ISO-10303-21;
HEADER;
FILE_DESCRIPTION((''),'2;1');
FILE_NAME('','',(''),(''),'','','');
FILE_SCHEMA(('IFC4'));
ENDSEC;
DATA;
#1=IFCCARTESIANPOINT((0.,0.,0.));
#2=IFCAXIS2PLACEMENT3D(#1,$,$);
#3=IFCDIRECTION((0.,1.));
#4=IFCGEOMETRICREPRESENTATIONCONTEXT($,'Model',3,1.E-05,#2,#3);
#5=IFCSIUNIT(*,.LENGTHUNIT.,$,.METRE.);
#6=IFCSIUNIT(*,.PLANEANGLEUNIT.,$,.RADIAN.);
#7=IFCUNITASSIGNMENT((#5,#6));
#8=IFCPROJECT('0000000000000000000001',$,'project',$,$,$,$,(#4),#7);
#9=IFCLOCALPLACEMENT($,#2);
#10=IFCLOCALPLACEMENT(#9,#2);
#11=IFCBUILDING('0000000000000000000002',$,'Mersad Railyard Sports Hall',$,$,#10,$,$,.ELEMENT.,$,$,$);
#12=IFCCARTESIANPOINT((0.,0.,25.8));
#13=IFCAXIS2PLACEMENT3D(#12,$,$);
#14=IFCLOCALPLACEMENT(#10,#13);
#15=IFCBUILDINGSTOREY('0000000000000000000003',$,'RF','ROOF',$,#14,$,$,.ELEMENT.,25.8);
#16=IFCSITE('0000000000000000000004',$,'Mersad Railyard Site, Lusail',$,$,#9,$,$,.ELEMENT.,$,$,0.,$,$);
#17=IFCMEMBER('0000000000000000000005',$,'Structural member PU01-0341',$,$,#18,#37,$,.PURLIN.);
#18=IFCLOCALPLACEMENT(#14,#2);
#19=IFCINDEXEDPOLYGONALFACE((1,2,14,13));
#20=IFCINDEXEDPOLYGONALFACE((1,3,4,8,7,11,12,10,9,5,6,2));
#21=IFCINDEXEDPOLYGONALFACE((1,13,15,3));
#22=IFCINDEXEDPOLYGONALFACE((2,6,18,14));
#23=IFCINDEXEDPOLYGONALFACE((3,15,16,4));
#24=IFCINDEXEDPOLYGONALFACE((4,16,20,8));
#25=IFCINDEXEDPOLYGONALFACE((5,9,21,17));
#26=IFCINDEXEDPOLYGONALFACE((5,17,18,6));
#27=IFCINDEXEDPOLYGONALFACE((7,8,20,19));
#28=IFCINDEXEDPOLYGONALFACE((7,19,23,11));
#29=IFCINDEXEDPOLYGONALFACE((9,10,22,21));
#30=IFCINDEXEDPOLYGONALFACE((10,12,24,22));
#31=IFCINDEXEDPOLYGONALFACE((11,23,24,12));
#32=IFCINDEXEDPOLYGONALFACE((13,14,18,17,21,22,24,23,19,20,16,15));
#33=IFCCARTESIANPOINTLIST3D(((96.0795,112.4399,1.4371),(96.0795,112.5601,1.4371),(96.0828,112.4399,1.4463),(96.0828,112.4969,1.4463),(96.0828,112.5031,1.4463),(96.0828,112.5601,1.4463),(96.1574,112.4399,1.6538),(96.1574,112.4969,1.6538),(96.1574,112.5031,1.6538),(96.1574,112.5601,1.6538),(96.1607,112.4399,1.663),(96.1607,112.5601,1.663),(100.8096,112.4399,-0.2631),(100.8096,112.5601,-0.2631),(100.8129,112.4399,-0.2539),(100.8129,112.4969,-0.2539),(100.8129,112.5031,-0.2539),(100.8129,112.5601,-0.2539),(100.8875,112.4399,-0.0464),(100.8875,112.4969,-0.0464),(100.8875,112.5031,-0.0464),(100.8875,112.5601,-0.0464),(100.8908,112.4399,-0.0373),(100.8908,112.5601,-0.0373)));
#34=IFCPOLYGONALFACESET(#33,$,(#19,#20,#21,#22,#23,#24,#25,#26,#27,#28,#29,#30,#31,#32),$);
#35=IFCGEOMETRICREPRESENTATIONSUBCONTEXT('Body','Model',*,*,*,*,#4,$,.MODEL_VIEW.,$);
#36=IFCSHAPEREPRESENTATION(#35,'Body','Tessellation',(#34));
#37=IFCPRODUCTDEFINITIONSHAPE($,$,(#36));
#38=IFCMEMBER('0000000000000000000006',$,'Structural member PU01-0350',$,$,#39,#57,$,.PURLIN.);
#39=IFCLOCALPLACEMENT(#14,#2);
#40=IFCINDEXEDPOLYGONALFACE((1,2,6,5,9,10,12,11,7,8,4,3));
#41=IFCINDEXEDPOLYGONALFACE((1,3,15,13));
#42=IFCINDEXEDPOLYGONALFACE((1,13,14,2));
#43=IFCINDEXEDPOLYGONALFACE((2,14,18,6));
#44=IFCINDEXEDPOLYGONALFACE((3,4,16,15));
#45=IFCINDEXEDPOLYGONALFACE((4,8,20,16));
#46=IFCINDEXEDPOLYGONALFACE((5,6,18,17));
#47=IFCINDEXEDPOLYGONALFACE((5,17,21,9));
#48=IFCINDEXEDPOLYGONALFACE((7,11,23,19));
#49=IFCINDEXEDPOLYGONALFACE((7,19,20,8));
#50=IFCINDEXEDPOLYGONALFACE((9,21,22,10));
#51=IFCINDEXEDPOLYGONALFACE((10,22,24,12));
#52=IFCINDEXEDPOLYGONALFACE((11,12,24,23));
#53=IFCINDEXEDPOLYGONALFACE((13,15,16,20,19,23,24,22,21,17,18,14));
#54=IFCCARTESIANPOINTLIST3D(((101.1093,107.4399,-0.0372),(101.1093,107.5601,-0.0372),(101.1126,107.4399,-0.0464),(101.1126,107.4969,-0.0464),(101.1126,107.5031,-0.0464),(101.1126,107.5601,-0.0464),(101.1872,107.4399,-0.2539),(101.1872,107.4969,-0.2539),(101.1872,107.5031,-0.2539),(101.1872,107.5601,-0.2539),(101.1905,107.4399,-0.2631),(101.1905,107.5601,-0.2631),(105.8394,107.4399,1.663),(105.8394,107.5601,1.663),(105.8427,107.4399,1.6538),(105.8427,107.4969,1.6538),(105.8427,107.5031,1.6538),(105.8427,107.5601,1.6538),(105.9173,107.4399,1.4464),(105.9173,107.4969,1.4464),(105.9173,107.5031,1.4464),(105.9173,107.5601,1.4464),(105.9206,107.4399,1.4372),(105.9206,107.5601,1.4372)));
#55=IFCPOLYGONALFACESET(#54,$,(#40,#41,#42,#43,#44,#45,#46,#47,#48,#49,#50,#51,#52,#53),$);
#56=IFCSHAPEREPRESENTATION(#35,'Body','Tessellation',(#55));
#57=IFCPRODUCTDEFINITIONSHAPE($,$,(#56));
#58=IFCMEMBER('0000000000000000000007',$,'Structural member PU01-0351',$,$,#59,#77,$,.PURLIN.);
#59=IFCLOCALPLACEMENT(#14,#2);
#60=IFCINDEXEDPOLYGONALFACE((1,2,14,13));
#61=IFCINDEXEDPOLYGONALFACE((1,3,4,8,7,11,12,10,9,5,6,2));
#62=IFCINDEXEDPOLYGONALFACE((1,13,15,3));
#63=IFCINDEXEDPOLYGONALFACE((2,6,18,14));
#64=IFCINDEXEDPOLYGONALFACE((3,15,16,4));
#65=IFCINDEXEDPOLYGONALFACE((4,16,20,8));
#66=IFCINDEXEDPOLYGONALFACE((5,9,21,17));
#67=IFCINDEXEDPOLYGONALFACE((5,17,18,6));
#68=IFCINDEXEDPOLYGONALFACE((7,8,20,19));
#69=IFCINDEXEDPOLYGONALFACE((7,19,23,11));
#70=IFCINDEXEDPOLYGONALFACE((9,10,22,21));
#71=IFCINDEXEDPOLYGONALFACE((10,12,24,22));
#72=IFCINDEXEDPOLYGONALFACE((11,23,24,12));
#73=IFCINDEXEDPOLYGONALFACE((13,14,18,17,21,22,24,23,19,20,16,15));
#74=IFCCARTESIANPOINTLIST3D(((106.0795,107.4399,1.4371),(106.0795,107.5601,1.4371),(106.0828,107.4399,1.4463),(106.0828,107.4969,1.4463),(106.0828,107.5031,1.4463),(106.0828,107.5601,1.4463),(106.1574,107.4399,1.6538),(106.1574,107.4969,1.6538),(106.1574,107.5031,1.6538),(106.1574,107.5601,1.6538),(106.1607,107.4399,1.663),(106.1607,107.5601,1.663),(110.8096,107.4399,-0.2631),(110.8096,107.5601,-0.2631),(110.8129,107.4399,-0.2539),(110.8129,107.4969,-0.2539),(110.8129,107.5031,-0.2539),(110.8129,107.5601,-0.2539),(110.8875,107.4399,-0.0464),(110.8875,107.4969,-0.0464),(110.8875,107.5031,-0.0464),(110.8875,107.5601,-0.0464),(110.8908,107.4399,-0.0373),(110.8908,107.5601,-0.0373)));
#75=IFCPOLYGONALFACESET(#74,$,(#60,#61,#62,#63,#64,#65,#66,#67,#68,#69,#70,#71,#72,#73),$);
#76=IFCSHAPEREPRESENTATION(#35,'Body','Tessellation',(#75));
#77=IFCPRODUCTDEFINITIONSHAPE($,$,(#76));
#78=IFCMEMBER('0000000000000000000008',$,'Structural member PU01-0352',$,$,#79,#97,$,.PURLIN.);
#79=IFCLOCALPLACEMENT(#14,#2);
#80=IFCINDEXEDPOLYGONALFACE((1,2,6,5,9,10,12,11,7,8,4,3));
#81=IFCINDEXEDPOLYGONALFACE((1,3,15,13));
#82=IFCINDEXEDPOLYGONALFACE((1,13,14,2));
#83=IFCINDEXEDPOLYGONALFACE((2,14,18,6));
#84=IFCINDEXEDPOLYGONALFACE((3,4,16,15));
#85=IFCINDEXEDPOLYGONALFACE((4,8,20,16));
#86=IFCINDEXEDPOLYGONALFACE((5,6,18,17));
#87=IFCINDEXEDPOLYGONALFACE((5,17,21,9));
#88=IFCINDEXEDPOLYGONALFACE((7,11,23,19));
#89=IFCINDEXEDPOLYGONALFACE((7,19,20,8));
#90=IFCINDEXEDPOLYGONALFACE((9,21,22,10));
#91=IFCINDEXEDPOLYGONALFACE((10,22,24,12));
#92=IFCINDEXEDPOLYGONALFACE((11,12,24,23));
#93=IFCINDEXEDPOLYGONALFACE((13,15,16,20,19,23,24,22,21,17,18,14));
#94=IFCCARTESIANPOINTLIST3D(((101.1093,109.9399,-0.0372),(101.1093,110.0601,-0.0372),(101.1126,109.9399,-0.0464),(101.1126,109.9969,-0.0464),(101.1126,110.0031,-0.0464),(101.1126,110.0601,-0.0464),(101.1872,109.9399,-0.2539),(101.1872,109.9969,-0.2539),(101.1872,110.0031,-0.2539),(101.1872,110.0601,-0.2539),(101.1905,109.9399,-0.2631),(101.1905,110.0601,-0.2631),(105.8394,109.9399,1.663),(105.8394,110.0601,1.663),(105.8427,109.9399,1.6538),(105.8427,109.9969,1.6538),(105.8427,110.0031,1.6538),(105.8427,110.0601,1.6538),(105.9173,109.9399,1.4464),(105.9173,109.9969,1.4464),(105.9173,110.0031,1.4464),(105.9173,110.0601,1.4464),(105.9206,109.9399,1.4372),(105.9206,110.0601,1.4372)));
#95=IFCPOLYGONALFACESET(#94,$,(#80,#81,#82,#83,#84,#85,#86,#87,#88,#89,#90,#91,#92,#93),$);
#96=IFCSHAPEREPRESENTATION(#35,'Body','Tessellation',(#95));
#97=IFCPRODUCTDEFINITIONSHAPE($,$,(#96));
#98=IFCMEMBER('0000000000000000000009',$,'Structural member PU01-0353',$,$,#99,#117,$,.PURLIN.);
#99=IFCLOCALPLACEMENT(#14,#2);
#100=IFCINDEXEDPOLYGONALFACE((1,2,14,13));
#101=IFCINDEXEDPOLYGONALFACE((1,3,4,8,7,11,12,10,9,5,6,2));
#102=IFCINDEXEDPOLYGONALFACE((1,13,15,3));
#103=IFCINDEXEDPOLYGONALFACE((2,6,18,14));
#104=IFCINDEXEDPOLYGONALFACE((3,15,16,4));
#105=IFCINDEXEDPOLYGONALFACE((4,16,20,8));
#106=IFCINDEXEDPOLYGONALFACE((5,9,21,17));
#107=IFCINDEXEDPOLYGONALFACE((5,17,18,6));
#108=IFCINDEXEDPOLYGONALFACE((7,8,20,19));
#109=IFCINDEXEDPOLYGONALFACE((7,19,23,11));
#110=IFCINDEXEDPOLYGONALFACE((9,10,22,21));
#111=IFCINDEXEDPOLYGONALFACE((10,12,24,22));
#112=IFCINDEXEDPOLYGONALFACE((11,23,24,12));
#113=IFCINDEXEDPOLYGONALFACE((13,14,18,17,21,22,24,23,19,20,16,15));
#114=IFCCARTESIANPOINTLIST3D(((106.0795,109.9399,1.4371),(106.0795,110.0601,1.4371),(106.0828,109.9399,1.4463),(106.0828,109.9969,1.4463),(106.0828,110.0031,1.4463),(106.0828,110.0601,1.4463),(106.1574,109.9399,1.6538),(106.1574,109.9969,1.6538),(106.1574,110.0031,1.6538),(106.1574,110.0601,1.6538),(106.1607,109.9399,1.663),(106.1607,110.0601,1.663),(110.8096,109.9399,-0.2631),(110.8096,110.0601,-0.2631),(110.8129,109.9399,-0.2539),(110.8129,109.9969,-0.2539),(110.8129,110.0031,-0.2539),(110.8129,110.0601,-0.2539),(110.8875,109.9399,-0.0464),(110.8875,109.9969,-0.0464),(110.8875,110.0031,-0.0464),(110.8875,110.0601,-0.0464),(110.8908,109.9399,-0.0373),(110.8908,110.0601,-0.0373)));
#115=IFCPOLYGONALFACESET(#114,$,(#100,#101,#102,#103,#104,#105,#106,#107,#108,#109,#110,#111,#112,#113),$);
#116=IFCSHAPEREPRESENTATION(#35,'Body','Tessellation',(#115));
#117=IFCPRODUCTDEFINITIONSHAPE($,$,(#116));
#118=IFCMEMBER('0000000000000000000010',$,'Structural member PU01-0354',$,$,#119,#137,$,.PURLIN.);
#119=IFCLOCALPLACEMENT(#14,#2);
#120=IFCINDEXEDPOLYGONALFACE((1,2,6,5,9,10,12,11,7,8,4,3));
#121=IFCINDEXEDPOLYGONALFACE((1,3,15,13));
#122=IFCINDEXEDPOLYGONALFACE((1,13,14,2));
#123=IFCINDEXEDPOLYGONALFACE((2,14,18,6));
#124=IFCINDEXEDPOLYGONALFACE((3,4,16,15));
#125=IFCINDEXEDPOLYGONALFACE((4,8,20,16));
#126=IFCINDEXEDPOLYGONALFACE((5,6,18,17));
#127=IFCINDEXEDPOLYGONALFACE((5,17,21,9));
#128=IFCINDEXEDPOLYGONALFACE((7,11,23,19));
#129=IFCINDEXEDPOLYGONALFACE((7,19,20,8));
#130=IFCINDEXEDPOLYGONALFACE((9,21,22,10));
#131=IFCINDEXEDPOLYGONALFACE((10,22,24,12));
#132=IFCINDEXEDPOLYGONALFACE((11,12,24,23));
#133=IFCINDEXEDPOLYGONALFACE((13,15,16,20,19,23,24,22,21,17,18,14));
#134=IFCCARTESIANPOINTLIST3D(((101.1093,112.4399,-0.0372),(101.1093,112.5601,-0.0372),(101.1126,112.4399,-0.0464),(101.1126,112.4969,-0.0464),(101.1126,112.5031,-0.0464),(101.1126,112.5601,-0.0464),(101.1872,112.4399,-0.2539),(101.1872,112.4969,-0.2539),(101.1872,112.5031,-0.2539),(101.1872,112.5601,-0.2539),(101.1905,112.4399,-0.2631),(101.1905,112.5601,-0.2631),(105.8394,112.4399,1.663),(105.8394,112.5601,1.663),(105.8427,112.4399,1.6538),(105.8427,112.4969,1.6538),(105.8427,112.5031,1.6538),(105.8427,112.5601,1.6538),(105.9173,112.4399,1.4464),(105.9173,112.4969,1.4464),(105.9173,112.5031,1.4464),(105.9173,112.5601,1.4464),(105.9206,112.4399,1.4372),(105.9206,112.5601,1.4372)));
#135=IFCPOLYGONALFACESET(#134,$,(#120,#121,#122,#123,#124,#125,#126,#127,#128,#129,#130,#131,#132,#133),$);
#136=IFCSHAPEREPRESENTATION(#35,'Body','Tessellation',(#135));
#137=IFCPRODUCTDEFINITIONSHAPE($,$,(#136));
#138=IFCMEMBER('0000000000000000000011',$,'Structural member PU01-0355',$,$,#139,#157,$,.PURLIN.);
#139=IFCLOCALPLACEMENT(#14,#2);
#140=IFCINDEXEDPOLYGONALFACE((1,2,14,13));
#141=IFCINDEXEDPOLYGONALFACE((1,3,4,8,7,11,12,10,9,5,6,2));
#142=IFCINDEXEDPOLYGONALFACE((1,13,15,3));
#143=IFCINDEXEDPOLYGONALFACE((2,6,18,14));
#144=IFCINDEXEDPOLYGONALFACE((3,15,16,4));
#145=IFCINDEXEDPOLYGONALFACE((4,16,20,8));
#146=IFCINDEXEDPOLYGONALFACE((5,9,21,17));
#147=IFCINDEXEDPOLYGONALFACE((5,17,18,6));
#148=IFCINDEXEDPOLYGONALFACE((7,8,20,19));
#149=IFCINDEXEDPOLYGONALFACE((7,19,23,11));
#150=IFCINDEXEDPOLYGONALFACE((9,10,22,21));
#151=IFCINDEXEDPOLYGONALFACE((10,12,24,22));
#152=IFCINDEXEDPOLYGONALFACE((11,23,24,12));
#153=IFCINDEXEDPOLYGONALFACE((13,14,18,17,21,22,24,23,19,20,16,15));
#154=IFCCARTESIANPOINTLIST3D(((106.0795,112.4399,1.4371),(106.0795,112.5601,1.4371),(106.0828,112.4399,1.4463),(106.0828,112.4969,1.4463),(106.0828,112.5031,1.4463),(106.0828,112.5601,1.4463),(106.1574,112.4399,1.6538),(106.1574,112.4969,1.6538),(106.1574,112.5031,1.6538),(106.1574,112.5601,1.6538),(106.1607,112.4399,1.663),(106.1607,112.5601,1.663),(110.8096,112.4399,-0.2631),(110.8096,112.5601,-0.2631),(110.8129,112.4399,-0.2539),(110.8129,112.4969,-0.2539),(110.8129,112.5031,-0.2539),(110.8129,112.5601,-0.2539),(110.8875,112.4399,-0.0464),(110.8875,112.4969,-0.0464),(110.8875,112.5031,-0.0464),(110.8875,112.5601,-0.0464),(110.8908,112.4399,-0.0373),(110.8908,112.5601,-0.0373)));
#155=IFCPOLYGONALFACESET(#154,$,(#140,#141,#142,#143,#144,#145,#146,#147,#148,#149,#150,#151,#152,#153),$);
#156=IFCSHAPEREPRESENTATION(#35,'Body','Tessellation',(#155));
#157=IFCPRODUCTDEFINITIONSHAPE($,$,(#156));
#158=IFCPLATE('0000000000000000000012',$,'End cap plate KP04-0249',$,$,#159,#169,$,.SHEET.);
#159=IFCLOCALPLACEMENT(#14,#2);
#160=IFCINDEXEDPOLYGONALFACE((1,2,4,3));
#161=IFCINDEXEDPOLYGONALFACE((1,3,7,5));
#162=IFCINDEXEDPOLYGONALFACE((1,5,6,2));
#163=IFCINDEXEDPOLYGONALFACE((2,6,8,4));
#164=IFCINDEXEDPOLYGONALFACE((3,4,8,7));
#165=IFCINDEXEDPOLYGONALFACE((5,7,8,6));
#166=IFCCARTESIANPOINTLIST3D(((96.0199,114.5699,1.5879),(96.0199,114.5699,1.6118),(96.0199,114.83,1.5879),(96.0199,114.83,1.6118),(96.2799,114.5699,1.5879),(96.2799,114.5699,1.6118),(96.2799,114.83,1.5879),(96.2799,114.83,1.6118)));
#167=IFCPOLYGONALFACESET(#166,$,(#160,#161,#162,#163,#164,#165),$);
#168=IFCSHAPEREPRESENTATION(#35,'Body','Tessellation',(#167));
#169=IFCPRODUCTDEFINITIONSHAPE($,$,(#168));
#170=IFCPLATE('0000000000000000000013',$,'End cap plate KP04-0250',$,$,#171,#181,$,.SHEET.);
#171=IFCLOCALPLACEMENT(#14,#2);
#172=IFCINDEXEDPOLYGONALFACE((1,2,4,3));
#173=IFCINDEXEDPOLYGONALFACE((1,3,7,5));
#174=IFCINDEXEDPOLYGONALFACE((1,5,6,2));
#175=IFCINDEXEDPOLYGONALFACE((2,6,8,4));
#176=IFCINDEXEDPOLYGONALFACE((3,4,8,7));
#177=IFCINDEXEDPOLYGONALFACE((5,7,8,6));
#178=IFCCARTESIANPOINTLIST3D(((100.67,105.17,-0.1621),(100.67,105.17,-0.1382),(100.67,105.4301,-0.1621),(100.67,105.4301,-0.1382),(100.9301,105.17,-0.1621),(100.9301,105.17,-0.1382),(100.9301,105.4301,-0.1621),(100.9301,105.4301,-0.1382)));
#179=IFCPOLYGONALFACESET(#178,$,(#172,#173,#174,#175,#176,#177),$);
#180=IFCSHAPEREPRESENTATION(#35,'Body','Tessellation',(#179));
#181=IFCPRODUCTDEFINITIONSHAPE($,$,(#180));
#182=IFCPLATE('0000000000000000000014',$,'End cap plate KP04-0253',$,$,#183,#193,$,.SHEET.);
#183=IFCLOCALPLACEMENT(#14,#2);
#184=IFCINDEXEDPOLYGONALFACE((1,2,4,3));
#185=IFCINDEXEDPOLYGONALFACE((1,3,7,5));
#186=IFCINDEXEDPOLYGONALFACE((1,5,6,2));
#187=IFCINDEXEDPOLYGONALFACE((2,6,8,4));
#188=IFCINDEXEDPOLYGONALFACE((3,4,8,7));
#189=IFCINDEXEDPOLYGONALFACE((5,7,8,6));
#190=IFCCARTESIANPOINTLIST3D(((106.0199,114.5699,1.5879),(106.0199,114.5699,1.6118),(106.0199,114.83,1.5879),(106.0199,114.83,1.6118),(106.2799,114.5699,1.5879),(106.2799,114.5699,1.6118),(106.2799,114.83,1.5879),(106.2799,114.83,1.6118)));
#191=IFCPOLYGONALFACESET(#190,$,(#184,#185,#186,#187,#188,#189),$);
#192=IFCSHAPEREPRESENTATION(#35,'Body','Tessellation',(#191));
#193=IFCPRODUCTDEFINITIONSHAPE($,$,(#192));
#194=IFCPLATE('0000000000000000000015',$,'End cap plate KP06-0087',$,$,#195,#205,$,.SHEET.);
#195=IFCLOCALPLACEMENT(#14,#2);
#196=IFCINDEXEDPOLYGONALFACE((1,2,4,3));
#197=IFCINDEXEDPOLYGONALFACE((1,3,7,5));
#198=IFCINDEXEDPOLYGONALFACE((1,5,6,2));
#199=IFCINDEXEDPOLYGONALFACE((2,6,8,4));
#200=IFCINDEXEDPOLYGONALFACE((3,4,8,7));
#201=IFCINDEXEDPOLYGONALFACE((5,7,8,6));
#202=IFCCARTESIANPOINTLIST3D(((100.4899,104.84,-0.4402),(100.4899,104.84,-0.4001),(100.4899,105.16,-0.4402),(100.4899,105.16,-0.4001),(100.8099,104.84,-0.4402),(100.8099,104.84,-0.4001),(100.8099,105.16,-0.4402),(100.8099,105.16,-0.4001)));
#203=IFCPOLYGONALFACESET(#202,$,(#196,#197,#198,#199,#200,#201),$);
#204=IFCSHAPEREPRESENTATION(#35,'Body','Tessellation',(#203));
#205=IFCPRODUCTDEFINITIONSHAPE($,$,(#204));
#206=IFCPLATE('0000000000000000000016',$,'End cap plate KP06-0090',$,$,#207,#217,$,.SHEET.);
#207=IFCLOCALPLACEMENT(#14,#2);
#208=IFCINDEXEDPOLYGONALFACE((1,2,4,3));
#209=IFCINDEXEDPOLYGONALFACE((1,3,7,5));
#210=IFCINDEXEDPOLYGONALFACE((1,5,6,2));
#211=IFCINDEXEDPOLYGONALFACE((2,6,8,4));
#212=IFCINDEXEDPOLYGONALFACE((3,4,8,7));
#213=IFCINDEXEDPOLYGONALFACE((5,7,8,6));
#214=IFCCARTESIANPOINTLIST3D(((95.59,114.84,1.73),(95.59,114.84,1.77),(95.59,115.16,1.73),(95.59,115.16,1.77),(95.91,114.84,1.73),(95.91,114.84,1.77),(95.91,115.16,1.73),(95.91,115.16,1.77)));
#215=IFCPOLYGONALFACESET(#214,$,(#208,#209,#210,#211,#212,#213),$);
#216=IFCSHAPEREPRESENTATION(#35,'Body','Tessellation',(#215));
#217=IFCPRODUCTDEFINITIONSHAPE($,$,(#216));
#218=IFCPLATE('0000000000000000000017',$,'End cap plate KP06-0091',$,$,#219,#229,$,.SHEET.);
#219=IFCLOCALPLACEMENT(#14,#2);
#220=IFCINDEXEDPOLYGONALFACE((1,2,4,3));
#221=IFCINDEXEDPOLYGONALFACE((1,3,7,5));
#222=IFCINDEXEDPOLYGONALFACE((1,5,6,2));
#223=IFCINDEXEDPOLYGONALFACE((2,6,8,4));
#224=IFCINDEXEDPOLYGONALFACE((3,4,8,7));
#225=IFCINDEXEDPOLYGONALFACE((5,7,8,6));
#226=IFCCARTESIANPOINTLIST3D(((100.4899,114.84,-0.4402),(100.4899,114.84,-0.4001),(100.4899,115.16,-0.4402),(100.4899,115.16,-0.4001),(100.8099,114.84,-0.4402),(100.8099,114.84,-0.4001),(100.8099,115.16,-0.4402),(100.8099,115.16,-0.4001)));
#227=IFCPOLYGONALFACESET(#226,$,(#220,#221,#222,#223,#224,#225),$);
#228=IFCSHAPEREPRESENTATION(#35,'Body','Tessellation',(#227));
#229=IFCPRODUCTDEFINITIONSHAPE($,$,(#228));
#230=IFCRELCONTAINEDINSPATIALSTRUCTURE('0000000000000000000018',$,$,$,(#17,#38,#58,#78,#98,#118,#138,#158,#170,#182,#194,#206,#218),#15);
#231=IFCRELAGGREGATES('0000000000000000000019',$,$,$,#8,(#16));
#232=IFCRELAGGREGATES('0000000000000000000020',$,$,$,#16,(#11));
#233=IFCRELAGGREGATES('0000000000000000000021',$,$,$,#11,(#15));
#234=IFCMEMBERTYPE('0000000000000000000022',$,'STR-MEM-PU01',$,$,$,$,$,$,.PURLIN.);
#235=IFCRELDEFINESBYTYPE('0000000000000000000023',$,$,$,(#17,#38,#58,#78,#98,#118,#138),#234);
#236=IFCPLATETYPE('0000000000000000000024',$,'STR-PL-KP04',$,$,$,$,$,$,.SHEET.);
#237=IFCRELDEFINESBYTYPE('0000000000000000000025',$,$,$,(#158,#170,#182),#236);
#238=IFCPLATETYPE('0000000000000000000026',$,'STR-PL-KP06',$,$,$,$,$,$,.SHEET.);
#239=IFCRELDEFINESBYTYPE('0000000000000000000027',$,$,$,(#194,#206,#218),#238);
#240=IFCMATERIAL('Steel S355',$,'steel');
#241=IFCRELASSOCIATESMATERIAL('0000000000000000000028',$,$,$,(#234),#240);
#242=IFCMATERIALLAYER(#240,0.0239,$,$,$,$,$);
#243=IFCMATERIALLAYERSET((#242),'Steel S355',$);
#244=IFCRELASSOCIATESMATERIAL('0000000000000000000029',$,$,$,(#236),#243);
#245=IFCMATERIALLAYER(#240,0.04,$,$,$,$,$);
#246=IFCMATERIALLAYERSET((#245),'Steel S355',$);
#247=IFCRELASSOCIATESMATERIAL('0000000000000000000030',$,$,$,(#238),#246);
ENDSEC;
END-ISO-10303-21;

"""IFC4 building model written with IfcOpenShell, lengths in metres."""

from ifc_helpers import new_model, si_unit, direction, frame, origin, origin_2d, place, context, subcontext, project, spatial, rectangle, i_section, extrude, material, layer, layer_set, material_profile, profile_set, type_object, element, save


model = new_model("IFC4")

# Units and contexts
model_context = context("Model", 3, precision=1e-05, world=origin(), true_north=direction((0.0, 1.0)))
body_context = subcontext(model_context, "Body", "Model", "MODEL_VIEW")
ifc_project = project(units=[si_unit("LENGTHUNIT", "METRE"), si_unit("PLANEANGLEUNIT", "RADIAN")], contexts=[model_context])

# Site, building, storey
site_placement = place(None, origin())
site = spatial("IfcSite", under=ifc_project, at=site_placement, Name="Mersad Railyard Site, Lusail", CompositionType="ELEMENT", RefElevation=0.0)
building_placement = place(site_placement, origin())
building = spatial("IfcBuilding", under=site, at=building_placement, Name="Mersad Railyard Sports Hall", CompositionType="ELEMENT")
storey_placement = place(building_placement, frame((0.0, 0.0, 25.8)))
storey = spatial("IfcBuildingStorey", under=building, at=storey_placement, Name="RF", Description="ROOF", CompositionType="ELEMENT", Elevation=25.8)

# Shared definitions
ifc_material_1 = material(Name="Steel S355", Category="steel")

# Members
ifc_material_profile_1 = material_profile(ifc_material_1, i_section(OverallWidth=0.1201, OverallDepth=0.24, WebThickness=0.0061, FlangeThickness=0.0098, at=origin_2d()), Name="IPE 240")
ifc_profile_set_1 = profile_set([ifc_material_profile_1], Name="Steel S355")
member_type_1 = type_object("IfcMemberType", Name="STR-MEM-PU01", PredefinedType="PURLIN", material=ifc_profile_set_1)
for number, where, z_axis, x_axis, name in (
    (1, (96.1201, 112.5, 1.55), (0.941052, 0.0, -0.338262), (0.0, 1.0, 0.0), "Structural member PU01-0341"),
    (2, (101.1499, 107.5, -0.1501), (0.941052, 0.0, 0.338262), (0.0, 1.0, 0.0), "Structural member PU01-0350"),
    (3, (106.1201, 107.5, 1.55), (0.941052, 0.0, -0.338262), (0.0, 1.0, 0.0), "Structural member PU01-0351"),
    (4, (101.1499, 110.0, -0.1501), (0.941052, 0.0, 0.338262), (0.0, 1.0, 0.0), "Structural member PU01-0352"),
    (5, (106.1201, 110.0, 1.55), (0.941052, 0.0, -0.338262), (0.0, 1.0, 0.0), "Structural member PU01-0353"),
    (6, (101.1499, 112.5, -0.1501), (0.941052, 0.0, 0.338262), (0.0, 1.0, 0.0), "Structural member PU01-0354"),
    (7, (106.1201, 112.5, 1.55), (0.941052, 0.0, -0.338262), (0.0, 1.0, 0.0), "Structural member PU01-0355"),
):
    element("IfcMember", number, at=place(storey_placement, frame(where, z_axis=z_axis, x_axis=x_axis)), inside=storey, type_object=member_type_1, Name=name, PredefinedType="PURLIN", context=body_context, shape_type="SweptSolid", body=[
        extrude(i_section(OverallWidth=0.1201, OverallDepth=0.24, WebThickness=0.0061, FlangeThickness=0.0098, at=origin_2d()), origin(), (0.0, 0.0, 1.0), 5.0264),
    ])

# Plates
ifc_layer_1 = layer(ifc_material_1, 0.0239)
ifc_layer_set_1 = layer_set([ifc_layer_1], Name="Steel S355")
plate_type_1 = type_object("IfcPlateType", Name="STR-PL-KP04", PredefinedType="SHEET", material=ifc_layer_set_1)
for number, where, z_axis, x_axis, name in (
    (8, (96.1499, 114.7, 1.5879), (0.0, 0.0, 1.0), (1.0, 0.0, 0.0), "End cap plate KP04-0249"),
    (9, (100.8, 105.3, -0.1621), (0.0, 0.0, 1.0), (1.0, 0.0, 0.0), "End cap plate KP04-0250"),
    (10, (106.1499, 114.7, 1.5879), (0.0, 0.0, 1.0), (1.0, 0.0, 0.0), "End cap plate KP04-0253"),
):
    element("IfcPlate", number, at=place(storey_placement, frame(where, z_axis=z_axis, x_axis=x_axis)), inside=storey, type_object=plate_type_1, Name=name, PredefinedType="SHEET", context=body_context, shape_type="SweptSolid", body=[
        extrude(rectangle(XDim=0.26, YDim=0.26, at=origin_2d()), origin(), (0.0, 0.0, 1.0), 0.0239),
    ])
ifc_layer_2 = layer(ifc_material_1, 0.04)
ifc_layer_set_2 = layer_set([ifc_layer_2], Name="Steel S355")
plate_type_2 = type_object("IfcPlateType", Name="STR-PL-KP06", PredefinedType="SHEET", material=ifc_layer_set_2)
for number, where, z_axis, x_axis, name in (
    (11, (100.6499, 105.0, -0.4402), (0.0, 0.0, 1.0), (1.0, 0.0, 0.0), "End cap plate KP06-0087"),
    (12, (95.75, 115.0, 1.73), (0.0, 0.0, 1.0), (1.0, 0.0, 0.0), "End cap plate KP06-0090"),
    (13, (100.6499, 115.0, -0.4402), (0.0, 0.0, 1.0), (1.0, 0.0, 0.0), "End cap plate KP06-0091"),
):
    element("IfcPlate", number, at=place(storey_placement, frame(where, z_axis=z_axis, x_axis=x_axis)), inside=storey, type_object=plate_type_2, Name=name, PredefinedType="SHEET", context=body_context, shape_type="SweptSolid", body=[
        extrude(rectangle(XDim=0.3201, YDim=0.3201, at=origin_2d()), origin(), (0.0, 0.0, 1.0), 0.04),
    ])

save(model, "model.ifc")
